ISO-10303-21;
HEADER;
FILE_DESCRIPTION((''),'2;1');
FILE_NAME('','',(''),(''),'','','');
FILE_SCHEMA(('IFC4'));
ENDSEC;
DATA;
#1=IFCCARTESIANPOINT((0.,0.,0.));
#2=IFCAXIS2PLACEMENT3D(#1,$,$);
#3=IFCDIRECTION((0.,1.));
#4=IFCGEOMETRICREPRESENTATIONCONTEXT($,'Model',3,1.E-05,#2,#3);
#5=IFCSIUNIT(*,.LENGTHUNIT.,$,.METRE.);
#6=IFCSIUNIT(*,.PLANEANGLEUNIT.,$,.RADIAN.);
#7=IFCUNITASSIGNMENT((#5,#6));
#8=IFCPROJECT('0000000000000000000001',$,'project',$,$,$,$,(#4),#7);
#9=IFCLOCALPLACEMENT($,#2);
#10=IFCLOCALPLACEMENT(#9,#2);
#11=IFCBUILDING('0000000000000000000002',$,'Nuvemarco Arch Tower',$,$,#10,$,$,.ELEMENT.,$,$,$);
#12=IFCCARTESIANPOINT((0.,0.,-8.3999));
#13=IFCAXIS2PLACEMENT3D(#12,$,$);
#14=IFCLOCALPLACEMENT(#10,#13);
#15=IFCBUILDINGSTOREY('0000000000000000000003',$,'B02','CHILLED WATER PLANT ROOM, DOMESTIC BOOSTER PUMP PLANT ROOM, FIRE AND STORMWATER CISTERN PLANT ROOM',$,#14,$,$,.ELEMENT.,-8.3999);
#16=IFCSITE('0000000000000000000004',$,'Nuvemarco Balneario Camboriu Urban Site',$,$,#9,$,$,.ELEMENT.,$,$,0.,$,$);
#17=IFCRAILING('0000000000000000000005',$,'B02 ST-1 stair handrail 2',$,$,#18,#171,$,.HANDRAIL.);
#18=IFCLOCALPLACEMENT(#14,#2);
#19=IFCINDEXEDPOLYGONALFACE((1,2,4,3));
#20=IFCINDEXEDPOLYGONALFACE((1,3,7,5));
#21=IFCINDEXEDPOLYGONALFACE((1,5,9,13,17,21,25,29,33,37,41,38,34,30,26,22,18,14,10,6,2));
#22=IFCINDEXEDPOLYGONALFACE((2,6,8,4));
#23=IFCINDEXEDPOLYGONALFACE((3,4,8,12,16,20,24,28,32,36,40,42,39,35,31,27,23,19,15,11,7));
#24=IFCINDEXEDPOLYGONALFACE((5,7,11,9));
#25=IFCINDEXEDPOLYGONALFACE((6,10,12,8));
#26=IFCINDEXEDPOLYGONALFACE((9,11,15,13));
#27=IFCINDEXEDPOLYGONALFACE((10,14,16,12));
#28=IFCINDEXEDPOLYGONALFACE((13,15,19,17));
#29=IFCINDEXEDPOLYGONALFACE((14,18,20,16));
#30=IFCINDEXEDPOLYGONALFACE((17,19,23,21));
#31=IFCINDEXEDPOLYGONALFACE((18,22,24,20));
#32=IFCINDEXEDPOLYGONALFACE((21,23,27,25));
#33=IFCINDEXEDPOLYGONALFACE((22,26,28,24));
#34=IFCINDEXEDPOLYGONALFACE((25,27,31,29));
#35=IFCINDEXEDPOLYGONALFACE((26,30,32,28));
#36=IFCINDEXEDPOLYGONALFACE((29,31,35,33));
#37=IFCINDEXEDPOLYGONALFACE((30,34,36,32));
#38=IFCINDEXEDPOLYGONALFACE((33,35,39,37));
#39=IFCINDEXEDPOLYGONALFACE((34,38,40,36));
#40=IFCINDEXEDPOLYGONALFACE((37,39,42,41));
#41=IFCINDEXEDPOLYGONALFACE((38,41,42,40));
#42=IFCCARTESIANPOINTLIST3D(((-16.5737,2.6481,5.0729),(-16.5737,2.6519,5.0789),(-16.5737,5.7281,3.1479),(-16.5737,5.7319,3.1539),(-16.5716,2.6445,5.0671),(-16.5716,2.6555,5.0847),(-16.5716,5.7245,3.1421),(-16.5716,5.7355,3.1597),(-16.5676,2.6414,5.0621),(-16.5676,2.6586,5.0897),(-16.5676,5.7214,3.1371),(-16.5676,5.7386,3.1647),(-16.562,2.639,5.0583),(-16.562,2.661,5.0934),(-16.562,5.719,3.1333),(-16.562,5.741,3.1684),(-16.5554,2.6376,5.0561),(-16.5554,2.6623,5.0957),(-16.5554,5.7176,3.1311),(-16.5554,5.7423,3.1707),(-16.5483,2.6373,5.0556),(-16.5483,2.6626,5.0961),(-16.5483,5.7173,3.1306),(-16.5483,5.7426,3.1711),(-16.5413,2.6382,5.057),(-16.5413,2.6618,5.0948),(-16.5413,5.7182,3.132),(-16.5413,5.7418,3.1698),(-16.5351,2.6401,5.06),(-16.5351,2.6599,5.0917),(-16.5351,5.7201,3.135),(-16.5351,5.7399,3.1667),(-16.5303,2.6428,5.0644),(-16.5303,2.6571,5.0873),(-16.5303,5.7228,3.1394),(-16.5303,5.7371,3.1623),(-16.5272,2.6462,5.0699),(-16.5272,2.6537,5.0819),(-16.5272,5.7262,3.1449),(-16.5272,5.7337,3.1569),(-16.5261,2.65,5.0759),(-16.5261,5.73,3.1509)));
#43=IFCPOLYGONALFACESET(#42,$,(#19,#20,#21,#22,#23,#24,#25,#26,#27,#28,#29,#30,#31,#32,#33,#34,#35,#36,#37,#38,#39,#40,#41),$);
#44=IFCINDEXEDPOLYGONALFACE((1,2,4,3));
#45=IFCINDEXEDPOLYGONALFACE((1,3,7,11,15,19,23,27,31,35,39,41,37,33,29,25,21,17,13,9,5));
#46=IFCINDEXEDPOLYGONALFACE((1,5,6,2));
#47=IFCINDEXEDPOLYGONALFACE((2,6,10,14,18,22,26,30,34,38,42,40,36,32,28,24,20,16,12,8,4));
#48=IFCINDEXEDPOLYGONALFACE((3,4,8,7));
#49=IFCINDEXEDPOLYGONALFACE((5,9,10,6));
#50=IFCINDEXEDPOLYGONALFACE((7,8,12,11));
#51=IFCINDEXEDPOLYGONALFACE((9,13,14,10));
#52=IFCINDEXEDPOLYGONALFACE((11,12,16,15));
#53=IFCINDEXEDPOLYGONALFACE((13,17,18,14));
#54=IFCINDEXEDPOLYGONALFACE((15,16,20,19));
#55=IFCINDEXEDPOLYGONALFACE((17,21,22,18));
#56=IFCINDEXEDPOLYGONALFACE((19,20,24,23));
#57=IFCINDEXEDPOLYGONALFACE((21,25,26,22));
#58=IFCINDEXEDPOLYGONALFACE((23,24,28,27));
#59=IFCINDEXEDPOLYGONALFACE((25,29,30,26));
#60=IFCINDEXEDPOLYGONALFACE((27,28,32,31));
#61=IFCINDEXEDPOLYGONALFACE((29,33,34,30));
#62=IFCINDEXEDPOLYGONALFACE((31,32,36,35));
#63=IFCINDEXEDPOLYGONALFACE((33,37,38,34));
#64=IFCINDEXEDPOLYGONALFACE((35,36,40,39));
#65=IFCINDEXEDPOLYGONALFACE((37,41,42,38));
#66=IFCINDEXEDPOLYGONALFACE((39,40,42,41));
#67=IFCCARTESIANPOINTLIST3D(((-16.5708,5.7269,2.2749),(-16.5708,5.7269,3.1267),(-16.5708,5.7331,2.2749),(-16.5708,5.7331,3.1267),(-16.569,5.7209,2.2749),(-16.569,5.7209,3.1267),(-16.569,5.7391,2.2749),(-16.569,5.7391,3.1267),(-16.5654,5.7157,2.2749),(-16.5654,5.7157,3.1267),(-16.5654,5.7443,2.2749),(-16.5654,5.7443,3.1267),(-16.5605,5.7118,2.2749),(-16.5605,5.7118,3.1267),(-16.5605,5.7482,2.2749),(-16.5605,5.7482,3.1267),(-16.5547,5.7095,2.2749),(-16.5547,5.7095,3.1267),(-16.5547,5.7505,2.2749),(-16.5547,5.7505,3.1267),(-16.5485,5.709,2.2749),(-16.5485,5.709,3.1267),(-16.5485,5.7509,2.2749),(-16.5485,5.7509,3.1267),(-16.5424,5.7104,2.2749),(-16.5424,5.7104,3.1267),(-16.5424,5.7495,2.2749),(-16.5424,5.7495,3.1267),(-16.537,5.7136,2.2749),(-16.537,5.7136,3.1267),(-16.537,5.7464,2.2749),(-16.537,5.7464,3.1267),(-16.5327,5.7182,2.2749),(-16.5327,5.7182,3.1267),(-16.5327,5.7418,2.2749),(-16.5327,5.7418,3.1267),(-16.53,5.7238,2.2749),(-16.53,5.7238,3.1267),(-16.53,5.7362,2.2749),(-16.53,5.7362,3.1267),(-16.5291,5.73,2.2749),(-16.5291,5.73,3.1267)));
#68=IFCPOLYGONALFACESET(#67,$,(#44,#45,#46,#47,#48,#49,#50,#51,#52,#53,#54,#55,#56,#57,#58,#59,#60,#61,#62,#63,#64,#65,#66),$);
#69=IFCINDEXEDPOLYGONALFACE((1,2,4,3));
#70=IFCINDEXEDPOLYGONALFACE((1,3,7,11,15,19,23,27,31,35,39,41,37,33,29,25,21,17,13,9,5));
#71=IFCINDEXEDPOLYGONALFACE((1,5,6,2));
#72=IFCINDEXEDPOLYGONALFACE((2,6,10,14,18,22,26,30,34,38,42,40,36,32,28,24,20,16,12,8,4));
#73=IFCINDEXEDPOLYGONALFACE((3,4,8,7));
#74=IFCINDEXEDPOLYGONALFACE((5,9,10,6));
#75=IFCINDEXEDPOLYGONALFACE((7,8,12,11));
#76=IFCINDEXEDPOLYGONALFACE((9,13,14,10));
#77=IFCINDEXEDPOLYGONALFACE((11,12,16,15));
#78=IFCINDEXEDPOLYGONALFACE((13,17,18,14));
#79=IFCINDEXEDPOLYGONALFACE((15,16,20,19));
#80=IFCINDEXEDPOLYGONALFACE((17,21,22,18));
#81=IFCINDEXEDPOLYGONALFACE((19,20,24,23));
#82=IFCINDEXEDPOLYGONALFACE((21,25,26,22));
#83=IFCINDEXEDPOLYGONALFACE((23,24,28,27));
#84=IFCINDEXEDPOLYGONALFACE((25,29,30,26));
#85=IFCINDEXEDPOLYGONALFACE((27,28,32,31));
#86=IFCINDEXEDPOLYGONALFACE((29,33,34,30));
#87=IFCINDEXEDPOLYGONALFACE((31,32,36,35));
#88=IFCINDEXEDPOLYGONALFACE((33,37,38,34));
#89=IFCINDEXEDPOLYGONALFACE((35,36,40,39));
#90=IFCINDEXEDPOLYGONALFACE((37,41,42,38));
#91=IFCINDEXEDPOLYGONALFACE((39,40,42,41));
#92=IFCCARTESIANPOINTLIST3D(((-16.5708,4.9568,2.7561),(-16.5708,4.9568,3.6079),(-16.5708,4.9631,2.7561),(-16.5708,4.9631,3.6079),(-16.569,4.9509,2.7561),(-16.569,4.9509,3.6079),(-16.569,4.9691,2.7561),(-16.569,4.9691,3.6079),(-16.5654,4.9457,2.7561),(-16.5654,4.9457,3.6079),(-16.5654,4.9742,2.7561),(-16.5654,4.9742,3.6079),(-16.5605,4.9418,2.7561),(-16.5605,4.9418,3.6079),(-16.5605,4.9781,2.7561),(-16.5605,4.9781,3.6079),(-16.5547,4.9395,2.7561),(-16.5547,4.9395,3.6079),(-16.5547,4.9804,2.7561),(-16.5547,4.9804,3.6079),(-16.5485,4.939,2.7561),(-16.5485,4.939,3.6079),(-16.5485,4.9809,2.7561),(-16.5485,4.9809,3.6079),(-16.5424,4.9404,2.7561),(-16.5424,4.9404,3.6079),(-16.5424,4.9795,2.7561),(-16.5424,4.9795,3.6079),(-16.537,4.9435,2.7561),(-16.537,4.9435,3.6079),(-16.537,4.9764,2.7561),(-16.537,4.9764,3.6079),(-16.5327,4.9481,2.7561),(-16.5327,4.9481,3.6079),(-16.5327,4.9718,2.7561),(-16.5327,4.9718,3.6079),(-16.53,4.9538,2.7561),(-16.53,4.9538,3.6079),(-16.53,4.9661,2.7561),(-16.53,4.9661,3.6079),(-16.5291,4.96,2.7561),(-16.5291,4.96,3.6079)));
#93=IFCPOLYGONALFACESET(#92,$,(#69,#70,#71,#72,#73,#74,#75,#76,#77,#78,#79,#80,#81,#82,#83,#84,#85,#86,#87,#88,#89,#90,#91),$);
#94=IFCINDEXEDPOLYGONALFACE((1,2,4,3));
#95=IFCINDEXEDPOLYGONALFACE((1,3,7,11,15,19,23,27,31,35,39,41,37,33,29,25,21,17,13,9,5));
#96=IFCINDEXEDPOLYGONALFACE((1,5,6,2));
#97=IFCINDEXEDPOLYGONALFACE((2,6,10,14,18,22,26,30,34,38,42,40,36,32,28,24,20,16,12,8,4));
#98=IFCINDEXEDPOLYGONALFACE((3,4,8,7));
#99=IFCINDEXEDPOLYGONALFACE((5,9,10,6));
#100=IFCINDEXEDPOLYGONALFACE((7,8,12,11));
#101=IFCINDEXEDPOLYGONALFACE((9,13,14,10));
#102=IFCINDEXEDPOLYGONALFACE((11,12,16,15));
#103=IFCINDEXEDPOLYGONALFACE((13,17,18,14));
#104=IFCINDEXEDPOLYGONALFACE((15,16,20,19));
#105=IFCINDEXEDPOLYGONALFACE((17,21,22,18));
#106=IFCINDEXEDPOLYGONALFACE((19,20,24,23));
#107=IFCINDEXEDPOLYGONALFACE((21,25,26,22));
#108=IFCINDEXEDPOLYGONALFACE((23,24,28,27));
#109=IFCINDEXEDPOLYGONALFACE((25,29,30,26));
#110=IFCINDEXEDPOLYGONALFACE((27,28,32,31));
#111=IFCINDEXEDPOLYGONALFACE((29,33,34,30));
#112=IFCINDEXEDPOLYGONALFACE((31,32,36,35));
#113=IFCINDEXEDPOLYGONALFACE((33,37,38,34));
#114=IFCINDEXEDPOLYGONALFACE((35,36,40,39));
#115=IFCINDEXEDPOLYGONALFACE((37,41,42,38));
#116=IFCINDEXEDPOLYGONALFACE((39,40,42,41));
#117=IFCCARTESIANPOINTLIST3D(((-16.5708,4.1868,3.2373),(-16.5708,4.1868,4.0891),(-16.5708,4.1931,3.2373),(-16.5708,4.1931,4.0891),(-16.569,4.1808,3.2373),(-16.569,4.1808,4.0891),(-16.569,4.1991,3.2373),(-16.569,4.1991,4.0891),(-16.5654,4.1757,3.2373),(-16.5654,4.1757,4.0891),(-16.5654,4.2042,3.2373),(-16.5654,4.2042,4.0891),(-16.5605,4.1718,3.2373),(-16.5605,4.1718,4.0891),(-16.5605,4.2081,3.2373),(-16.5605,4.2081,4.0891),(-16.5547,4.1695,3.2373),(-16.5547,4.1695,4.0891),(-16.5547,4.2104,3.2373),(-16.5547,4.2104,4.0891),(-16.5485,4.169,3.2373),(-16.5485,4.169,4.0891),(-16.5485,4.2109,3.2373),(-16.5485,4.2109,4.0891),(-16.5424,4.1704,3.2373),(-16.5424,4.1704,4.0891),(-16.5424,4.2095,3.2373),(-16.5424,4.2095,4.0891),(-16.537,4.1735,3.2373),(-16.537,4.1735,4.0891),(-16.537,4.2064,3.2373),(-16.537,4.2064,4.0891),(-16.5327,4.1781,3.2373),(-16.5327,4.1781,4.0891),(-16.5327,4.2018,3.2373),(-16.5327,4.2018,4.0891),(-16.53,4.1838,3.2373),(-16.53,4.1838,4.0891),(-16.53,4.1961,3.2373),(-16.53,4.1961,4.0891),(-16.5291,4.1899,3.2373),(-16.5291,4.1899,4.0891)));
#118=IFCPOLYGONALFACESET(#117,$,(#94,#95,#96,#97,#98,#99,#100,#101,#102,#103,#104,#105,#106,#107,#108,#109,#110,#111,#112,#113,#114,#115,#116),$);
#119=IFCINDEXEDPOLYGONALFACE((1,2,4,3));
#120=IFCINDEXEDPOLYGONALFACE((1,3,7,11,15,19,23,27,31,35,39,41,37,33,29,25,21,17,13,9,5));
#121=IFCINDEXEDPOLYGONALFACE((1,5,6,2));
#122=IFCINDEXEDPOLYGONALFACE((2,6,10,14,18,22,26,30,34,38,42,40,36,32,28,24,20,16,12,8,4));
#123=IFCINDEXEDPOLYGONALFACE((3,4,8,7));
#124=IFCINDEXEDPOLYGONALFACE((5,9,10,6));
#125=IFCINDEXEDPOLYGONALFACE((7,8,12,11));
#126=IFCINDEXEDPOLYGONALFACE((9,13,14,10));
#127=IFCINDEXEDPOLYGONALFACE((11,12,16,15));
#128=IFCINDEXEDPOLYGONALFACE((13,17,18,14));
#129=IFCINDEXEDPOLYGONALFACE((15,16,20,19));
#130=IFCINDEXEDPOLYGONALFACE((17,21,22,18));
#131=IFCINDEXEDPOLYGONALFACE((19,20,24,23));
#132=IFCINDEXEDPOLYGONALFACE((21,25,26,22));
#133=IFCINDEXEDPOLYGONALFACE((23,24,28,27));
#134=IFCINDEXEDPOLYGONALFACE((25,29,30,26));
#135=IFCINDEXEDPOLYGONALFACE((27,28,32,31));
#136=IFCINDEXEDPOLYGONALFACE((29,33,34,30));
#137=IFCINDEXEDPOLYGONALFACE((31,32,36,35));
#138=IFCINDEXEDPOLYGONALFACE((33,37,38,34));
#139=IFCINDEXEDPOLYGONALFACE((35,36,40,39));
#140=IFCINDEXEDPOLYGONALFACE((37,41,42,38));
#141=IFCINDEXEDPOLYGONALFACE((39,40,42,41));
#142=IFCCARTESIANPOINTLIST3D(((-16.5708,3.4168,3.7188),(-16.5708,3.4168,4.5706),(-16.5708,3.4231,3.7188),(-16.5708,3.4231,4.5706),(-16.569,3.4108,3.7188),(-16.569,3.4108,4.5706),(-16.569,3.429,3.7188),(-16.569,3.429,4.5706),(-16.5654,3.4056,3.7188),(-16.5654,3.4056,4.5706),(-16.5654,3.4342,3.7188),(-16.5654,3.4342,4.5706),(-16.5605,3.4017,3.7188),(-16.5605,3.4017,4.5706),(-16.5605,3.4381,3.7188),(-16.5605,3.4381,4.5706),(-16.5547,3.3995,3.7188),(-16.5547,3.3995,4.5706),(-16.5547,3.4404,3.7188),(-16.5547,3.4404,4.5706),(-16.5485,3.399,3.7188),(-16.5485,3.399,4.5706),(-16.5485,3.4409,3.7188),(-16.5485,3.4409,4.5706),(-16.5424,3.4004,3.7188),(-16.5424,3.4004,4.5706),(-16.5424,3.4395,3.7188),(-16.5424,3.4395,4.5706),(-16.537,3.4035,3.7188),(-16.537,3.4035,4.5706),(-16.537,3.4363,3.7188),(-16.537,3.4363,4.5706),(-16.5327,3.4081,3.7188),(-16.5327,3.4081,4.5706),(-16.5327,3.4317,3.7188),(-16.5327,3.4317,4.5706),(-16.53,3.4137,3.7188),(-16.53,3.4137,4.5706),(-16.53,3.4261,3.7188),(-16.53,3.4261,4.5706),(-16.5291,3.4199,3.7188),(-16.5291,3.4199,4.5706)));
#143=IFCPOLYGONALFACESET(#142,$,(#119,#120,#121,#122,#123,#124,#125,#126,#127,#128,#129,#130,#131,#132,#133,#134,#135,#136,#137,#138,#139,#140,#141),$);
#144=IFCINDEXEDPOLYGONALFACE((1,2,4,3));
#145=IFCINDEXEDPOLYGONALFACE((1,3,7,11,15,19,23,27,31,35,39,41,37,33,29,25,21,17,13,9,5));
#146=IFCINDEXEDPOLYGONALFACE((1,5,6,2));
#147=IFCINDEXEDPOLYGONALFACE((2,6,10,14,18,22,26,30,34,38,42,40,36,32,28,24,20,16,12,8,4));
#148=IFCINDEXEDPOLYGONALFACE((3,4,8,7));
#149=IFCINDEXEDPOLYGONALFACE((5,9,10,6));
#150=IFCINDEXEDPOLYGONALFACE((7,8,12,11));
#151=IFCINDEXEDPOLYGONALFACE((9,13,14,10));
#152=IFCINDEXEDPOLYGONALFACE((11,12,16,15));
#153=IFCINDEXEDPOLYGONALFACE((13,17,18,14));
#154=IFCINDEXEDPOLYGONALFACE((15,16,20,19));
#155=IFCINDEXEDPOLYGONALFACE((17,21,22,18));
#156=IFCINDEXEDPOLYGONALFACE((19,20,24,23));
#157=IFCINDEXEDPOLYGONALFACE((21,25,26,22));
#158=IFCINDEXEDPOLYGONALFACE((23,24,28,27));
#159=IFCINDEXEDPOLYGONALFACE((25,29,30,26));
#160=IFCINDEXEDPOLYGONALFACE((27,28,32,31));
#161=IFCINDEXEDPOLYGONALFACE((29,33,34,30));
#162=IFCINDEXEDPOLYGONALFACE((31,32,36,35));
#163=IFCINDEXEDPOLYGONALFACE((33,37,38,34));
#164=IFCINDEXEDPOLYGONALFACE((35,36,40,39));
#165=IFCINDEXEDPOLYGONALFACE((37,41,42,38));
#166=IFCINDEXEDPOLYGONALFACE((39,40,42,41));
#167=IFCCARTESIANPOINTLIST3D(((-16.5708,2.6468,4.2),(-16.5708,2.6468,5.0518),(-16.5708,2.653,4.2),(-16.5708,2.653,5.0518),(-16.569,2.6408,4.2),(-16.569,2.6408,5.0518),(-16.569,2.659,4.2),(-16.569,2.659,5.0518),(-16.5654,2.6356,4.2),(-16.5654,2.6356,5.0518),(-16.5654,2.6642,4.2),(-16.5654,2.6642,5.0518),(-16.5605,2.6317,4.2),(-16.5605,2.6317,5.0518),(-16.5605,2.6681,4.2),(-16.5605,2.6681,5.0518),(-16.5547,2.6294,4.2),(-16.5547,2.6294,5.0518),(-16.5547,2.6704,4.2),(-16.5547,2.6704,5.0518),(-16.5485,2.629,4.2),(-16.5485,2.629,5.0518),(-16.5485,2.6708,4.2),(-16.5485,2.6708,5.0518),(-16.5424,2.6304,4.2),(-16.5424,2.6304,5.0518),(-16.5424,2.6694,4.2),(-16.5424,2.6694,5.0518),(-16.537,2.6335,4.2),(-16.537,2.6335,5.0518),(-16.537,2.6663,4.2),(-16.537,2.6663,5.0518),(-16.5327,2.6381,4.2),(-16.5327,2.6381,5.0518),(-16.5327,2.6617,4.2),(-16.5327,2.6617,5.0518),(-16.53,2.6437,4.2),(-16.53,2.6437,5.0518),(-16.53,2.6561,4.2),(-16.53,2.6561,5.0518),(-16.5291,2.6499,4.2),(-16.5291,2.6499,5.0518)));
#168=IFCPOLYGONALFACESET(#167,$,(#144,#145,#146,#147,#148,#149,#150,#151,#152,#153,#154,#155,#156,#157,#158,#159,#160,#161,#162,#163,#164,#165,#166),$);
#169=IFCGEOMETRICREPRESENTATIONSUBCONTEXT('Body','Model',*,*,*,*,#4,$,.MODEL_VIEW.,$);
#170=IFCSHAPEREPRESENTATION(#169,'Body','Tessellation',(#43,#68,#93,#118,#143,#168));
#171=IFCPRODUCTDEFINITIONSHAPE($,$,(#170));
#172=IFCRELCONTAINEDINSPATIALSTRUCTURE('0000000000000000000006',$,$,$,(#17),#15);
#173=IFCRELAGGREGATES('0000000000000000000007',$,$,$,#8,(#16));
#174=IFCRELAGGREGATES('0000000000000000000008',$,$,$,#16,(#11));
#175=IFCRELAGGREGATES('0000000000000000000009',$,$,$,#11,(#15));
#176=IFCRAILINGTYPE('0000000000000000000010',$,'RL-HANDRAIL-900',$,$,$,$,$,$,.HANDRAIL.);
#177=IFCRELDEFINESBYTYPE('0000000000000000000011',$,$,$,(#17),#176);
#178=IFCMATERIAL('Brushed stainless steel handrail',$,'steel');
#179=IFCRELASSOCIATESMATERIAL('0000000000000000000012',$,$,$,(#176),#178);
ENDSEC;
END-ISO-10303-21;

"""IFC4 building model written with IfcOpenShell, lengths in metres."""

from ifc_helpers import new_model, si_unit, direction, frame, origin, origin_2d, place, context, subcontext, project, spatial, circle, extrude, material, type_object, element, save


model = new_model("IFC4")

# Units and contexts
model_context = context("Model", 3, precision=1e-05, world=origin(), true_north=direction((0.0, 1.0)))
body_context = subcontext(model_context, "Body", "Model", "MODEL_VIEW")
ifc_project = project(units=[si_unit("LENGTHUNIT", "METRE"), si_unit("PLANEANGLEUNIT", "RADIAN")], contexts=[model_context])

# Site, building, storey
site_placement = place(None, origin())
site = spatial("IfcSite", under=ifc_project, at=site_placement, Name="Nuvemarco Balneario Camboriu Urban Site", CompositionType="ELEMENT", RefElevation=0.0)
building_placement = place(site_placement, origin())
building = spatial("IfcBuilding", under=site, at=building_placement, Name="Nuvemarco Arch Tower", CompositionType="ELEMENT")
storey_placement = place(building_placement, frame((0.0, 0.0, -8.3999)))
storey = spatial("IfcBuildingStorey", under=building, at=storey_placement, Name="B02", Description="CHILLED WATER PLANT ROOM, DOMESTIC BOOSTER PUMP PLANT ROOM, FIRE AND STORMWATER CISTERN PLANT ROOM", CompositionType="ELEMENT", Elevation=-8.3999)

# Railing
ifc_material_1 = material(Name="Brushed stainless steel handrail", Category="steel")
railing_type = type_object("IfcRailingType", Name="RL-HANDRAIL-900", PredefinedType="HANDRAIL", material=ifc_material_1)
railing_placement = place(storey_placement, frame((-16.55, 5.73, 2.2749)))
element("IfcRailing", 1, at=railing_placement, inside=storey, type_object=railing_type, Name="B02 ST-1 stair handrail 2", PredefinedType="HANDRAIL", context=body_context, shape_type="SweptSolid", body=[
    extrude(circle(Radius=0.0239, at=origin_2d()), frame((0.0, 0.0, 0.876), z_axis=(0.0, -0.847998, 0.529999), x_axis=(1.0, 0.0, 0.0)), (0.0, 0.0, 1.0), 3.6321),
    extrude(circle(Radius=0.021, at=origin_2d()), origin(), (0.0, 0.0, 1.0), 0.8518),
    extrude(circle(Radius=0.021, at=origin_2d()), frame((0.0, -0.77, 0.4812)), (0.0, 0.0, 1.0), 0.8518),
    extrude(circle(Radius=0.021, at=origin_2d()), frame((0.0, -1.54, 0.9624)), (0.0, 0.0, 1.0), 0.8518),
    extrude(circle(Radius=0.021, at=origin_2d()), frame((0.0, -2.3101, 1.4438)), (0.0, 0.0, 1.0), 0.8518),
    extrude(circle(Radius=0.021, at=origin_2d()), frame((0.0, -3.0801, 1.925)), (0.0, 0.0, 1.0), 0.8518),
])

save(model, "model.ifc")
